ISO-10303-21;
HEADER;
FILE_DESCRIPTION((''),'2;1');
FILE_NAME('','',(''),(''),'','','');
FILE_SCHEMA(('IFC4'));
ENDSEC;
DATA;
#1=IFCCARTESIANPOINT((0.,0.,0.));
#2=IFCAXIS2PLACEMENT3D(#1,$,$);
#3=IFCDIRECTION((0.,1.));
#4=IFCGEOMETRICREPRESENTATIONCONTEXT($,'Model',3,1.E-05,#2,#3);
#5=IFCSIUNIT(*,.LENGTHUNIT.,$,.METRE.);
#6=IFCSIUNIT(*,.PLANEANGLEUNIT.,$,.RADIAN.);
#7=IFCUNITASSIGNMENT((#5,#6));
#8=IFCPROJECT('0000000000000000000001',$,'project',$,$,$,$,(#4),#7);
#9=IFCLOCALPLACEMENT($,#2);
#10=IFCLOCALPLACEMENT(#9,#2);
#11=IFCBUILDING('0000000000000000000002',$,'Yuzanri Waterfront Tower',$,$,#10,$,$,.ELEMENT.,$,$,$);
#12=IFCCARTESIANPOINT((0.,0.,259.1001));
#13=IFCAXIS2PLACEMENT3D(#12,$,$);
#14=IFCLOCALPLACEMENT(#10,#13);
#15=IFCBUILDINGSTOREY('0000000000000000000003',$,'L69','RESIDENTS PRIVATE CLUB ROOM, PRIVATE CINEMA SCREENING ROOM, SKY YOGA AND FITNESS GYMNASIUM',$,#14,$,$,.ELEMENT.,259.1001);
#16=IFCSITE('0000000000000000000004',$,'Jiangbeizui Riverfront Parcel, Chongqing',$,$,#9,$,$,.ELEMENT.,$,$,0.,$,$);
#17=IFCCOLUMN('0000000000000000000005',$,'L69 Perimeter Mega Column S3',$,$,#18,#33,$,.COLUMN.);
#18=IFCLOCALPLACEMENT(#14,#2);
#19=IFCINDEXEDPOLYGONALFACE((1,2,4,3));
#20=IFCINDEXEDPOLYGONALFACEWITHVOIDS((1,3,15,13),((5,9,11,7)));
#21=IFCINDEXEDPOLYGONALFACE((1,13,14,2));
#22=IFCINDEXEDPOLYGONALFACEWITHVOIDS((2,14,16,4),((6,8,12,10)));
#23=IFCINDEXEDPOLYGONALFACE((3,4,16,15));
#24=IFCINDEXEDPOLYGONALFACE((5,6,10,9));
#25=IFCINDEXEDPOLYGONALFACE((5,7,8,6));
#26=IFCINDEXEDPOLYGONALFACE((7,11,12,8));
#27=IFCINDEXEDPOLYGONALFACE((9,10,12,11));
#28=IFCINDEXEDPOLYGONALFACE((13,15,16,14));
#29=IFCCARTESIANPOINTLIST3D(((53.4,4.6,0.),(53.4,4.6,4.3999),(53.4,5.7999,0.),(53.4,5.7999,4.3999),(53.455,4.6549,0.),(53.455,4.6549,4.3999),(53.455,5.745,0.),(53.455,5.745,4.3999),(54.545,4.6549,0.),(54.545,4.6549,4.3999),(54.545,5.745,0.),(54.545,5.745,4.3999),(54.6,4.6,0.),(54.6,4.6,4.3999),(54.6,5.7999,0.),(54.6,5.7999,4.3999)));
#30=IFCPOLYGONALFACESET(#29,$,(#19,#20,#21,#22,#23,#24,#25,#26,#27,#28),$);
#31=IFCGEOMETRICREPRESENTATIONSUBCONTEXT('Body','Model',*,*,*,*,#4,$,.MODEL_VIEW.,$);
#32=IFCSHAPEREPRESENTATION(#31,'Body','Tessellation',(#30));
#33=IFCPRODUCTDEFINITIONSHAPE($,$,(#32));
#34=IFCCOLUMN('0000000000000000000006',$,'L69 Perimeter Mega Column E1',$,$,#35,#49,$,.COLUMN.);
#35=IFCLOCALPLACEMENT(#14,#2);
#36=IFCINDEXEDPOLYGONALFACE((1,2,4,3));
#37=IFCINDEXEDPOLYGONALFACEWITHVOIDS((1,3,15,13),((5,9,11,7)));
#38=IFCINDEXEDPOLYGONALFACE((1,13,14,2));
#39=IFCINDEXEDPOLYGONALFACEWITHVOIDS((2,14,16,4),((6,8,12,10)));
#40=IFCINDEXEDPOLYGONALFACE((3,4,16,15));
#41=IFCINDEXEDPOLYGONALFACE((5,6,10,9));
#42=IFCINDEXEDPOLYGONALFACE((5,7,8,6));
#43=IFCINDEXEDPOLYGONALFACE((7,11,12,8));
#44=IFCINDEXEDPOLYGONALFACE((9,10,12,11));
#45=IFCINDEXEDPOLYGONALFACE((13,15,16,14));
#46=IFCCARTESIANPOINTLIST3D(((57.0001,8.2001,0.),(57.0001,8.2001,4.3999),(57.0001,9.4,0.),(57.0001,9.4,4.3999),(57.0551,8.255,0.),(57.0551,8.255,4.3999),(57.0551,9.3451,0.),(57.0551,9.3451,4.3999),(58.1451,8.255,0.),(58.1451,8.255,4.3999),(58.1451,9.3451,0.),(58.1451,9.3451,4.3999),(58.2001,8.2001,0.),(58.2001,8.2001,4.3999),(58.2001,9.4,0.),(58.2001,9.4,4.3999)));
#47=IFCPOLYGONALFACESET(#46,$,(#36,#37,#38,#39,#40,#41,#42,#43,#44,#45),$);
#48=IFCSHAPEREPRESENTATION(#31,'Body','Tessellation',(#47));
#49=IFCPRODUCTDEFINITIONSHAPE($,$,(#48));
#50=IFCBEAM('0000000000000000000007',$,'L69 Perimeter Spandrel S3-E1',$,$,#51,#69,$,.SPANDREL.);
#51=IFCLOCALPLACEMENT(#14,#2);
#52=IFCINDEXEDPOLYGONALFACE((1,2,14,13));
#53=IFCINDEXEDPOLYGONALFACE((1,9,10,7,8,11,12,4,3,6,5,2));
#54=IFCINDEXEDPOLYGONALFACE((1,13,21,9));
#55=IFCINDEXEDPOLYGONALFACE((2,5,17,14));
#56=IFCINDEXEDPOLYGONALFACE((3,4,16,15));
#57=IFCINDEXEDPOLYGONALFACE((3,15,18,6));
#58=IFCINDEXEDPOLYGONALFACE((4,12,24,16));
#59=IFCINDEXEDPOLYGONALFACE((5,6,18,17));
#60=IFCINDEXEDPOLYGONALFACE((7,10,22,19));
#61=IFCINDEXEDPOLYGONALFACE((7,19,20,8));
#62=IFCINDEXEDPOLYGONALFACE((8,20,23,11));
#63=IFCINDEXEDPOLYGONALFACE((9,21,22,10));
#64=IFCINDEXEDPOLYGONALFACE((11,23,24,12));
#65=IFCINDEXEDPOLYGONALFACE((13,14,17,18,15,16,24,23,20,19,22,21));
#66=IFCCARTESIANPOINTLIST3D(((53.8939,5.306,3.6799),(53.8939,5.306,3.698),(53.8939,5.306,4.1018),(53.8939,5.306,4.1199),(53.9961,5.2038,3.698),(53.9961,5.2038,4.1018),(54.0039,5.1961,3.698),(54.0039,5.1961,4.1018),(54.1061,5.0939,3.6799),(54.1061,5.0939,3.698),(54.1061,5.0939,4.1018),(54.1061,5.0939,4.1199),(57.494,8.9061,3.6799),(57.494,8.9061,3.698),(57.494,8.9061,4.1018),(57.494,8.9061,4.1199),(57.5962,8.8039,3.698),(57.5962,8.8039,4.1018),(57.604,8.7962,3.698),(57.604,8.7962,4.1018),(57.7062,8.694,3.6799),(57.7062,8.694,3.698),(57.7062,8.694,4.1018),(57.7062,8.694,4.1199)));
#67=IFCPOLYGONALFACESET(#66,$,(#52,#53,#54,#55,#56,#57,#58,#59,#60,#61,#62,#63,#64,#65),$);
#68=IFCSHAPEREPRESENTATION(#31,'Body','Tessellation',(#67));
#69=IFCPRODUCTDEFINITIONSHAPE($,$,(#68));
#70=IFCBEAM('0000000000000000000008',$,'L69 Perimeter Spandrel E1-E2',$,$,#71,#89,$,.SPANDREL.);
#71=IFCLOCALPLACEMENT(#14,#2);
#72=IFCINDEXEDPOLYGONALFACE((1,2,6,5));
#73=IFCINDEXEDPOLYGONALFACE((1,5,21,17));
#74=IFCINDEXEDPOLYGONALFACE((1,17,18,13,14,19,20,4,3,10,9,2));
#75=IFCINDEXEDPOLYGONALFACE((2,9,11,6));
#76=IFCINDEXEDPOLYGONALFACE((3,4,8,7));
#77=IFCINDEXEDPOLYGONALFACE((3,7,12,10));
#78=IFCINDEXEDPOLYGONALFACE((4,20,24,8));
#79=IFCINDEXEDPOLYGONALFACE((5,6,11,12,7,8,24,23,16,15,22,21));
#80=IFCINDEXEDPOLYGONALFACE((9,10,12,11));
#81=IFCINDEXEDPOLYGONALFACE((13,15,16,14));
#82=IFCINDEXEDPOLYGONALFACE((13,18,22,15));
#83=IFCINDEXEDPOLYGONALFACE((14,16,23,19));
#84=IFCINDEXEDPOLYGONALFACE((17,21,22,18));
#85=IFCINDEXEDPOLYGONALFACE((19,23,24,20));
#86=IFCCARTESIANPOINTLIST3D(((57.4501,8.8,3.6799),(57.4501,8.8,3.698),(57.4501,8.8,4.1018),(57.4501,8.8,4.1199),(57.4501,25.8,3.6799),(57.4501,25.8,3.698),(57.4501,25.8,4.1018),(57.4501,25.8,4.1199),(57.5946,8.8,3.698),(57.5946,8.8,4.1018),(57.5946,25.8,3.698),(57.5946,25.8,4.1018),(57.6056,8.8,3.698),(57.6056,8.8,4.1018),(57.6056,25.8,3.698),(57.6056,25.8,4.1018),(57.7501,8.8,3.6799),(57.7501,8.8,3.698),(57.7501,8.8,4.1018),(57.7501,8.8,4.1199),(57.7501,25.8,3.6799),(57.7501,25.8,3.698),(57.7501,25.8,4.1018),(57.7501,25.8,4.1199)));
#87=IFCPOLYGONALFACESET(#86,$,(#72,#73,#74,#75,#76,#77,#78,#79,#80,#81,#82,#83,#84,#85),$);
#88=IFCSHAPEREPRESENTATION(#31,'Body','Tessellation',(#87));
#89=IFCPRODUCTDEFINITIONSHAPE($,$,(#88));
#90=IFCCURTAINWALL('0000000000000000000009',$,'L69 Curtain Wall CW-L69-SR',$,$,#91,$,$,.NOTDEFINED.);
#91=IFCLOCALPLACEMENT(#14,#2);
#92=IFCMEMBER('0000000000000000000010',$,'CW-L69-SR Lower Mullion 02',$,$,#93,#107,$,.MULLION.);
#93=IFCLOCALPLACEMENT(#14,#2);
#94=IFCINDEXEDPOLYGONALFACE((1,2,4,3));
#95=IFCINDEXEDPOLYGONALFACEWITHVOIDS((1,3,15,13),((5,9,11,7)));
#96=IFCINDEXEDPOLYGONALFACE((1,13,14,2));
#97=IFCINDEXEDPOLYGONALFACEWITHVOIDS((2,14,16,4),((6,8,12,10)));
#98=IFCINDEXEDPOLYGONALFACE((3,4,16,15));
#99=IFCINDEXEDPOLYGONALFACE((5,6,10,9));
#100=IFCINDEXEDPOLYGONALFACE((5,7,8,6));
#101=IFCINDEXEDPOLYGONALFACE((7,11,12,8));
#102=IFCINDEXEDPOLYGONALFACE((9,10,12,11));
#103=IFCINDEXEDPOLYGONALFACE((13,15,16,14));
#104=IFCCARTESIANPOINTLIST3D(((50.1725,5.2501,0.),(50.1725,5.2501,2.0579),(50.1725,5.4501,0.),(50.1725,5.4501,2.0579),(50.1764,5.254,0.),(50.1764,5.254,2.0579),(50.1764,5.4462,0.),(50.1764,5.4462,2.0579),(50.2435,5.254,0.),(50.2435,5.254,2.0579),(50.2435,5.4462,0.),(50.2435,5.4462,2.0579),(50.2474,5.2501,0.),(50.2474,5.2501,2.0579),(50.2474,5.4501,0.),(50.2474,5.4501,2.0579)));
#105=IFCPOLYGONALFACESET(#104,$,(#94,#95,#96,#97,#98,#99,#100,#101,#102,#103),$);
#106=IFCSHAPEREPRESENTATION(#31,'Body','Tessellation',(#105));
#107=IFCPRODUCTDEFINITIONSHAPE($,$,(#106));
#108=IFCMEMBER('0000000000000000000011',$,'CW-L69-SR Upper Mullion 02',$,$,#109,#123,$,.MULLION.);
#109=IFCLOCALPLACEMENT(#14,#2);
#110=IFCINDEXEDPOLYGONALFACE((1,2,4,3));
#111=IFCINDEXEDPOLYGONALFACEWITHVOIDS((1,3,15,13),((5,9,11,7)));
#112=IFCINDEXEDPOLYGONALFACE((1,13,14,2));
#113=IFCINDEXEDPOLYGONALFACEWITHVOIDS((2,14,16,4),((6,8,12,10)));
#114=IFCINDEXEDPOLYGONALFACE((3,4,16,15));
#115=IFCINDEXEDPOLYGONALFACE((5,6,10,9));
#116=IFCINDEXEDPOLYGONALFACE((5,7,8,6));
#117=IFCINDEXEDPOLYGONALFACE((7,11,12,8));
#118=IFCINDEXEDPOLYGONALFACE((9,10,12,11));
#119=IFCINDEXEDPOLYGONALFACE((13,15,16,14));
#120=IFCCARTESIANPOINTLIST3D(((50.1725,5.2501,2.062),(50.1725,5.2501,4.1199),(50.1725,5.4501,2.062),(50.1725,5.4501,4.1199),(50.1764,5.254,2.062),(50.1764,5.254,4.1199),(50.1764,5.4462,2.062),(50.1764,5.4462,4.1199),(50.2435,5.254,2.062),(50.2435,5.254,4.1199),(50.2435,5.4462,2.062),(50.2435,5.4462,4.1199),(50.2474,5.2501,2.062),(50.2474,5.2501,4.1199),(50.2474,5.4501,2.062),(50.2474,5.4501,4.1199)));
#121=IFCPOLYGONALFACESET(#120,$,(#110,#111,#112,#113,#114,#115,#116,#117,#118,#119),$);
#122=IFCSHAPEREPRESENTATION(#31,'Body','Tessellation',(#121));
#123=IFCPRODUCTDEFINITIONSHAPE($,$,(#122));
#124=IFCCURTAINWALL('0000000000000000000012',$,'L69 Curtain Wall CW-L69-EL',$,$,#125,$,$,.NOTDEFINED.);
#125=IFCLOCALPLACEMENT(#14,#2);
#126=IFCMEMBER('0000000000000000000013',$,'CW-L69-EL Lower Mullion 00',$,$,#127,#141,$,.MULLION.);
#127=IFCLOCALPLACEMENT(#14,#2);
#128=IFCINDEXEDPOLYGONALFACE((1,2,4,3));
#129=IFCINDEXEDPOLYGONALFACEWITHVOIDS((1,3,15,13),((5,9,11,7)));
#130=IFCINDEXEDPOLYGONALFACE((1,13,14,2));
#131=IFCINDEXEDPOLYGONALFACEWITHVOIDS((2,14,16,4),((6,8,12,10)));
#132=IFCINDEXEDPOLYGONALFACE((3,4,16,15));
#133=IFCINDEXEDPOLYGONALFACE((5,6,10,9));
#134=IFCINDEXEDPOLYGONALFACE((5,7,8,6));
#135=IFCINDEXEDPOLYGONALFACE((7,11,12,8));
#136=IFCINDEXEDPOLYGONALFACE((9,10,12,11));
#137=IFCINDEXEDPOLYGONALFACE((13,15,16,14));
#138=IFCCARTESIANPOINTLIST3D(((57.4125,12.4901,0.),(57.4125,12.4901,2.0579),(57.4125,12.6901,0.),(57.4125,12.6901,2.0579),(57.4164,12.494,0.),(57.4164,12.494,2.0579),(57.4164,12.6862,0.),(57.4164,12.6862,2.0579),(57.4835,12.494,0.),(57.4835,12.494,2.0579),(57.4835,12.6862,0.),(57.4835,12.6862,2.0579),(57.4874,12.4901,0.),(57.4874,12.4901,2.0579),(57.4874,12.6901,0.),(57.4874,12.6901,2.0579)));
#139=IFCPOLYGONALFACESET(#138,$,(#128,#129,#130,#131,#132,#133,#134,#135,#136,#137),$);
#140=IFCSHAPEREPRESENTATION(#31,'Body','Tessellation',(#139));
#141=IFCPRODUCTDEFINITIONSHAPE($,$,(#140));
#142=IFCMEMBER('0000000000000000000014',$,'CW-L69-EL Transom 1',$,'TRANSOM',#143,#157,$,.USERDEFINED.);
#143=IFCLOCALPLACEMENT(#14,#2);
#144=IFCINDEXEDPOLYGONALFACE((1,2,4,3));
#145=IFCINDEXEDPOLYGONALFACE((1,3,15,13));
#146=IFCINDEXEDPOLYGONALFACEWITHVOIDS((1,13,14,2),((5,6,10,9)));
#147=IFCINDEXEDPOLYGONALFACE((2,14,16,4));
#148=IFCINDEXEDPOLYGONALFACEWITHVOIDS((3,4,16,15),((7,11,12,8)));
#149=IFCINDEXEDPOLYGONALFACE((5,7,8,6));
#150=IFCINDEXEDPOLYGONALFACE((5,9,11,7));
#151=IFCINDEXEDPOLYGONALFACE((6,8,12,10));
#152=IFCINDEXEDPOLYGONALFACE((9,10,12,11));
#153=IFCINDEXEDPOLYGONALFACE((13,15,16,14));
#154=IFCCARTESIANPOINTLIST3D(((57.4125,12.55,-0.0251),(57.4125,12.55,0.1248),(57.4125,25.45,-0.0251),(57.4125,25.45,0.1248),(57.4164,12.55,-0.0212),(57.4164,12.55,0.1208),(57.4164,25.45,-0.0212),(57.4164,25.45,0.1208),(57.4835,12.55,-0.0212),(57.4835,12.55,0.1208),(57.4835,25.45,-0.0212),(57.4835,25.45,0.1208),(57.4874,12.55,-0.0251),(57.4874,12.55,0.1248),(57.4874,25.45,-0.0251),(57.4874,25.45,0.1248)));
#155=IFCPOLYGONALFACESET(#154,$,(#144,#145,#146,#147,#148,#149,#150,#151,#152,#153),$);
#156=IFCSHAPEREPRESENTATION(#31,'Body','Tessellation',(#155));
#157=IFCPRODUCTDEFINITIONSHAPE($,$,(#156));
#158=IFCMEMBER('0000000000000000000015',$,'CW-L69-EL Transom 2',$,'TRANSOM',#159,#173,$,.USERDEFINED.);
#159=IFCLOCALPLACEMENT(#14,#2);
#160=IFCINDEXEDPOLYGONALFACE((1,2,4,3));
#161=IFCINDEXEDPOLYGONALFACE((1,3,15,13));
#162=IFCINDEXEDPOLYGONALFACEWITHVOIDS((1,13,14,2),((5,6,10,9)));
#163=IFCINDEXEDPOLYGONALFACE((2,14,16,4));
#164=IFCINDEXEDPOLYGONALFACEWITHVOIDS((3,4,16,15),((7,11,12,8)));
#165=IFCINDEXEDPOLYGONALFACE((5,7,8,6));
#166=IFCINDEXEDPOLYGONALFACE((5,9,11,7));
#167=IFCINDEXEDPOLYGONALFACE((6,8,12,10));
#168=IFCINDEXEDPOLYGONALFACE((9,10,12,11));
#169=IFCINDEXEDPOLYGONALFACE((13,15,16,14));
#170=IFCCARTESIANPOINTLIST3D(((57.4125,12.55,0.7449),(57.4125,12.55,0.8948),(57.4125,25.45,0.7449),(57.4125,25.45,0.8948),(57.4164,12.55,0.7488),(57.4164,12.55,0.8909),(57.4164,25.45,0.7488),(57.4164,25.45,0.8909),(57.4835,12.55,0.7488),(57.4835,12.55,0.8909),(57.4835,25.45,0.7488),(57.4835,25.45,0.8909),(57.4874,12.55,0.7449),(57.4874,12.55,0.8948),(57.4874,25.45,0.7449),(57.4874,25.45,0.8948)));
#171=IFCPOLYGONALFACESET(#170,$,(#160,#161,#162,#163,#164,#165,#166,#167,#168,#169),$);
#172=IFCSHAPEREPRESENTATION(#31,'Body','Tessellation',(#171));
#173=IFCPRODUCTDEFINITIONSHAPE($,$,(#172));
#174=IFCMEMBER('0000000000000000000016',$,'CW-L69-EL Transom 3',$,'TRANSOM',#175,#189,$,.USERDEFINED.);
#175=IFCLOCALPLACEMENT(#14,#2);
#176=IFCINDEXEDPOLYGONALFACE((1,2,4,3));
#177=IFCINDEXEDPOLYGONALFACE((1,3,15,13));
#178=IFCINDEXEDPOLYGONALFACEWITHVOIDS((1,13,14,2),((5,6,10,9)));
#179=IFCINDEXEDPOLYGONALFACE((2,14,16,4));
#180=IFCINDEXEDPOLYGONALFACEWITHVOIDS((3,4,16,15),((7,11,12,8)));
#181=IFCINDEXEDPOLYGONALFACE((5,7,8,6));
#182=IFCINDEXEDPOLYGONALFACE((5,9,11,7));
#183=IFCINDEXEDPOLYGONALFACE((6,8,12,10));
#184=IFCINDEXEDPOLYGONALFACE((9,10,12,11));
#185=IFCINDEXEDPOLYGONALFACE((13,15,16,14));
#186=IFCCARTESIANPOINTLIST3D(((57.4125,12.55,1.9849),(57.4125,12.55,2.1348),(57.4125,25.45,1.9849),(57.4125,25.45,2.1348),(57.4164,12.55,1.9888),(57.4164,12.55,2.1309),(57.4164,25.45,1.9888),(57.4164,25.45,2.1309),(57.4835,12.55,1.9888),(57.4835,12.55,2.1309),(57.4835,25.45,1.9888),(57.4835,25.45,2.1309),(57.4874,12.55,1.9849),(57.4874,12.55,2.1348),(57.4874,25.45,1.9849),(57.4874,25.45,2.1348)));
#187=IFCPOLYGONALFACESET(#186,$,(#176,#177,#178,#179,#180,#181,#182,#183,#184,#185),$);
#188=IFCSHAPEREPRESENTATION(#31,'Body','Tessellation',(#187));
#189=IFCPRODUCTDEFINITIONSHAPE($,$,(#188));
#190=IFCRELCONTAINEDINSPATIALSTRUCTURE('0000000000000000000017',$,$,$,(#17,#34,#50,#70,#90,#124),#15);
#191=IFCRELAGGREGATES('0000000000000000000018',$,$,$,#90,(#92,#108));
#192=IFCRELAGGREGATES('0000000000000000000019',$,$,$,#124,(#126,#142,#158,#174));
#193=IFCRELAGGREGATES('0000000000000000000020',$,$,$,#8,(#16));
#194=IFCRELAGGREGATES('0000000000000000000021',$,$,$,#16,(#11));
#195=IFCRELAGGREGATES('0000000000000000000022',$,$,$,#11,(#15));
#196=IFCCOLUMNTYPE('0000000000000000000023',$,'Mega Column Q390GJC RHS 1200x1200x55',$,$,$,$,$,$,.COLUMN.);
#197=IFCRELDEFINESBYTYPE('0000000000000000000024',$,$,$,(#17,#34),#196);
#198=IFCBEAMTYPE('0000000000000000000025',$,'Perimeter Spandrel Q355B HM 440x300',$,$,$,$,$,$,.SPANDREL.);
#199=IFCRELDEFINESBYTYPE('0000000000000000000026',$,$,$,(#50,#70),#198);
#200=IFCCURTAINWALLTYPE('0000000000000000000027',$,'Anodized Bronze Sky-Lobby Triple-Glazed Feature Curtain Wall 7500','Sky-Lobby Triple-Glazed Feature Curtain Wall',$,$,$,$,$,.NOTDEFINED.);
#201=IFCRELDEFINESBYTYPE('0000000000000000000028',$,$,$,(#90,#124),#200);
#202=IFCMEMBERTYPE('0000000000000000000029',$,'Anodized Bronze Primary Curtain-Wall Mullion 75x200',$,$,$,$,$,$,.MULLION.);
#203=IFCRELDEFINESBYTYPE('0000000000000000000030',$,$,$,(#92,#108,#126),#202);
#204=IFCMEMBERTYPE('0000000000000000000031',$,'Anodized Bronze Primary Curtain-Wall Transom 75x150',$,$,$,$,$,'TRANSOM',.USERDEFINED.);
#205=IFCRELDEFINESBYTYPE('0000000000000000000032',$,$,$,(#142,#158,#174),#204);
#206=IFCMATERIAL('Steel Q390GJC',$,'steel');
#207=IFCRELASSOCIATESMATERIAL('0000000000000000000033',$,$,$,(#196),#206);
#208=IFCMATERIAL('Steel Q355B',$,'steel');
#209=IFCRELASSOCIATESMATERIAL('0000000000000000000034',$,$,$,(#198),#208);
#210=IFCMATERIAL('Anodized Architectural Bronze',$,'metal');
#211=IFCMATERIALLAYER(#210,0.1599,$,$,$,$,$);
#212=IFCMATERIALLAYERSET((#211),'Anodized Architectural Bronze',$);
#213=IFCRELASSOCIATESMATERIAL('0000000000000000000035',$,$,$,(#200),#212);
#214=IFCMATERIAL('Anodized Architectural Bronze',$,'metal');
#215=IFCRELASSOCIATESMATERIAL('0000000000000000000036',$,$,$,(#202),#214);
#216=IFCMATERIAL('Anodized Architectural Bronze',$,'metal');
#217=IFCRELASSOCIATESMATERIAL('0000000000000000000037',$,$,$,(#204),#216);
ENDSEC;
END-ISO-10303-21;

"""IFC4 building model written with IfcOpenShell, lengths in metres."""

from ifc_helpers import new_model, si_unit, direction, frame, origin, origin_2d, place, context, subcontext, project, spatial, hollow_rectangle, i_section, extrude, source, transform, mapped, material, layer, layer_set, material_profile, profile_set, type_object, element, aggregate, save


model = new_model("IFC4")

# Units and contexts
model_context = context("Model", 3, precision=1e-05, world=origin(), true_north=direction((0.0, 1.0)))
body_context = subcontext(model_context, "Body", "Model", "MODEL_VIEW")
ifc_project = project(units=[si_unit("LENGTHUNIT", "METRE"), si_unit("PLANEANGLEUNIT", "RADIAN")], contexts=[model_context])

# Site, building, storey
site_placement = place(None, origin())
site = spatial("IfcSite", under=ifc_project, at=site_placement, Name="Jiangbeizui Riverfront Parcel, Chongqing", CompositionType="ELEMENT", RefElevation=0.0)
building_placement = place(site_placement, origin())
building = spatial("IfcBuilding", under=site, at=building_placement, Name="Yuzanri Waterfront Tower", CompositionType="ELEMENT")
storey_placement = place(building_placement, frame((0.0, 0.0, 259.1001)))
storey = spatial("IfcBuildingStorey", under=building, at=storey_placement, Name="L69", Description="RESIDENTS PRIVATE CLUB ROOM, PRIVATE CINEMA SCREENING ROOM, SKY YOGA AND FITNESS GYMNASIUM", CompositionType="ELEMENT", Elevation=259.1001)

# Columns
ifc_material_1 = material(Name="Steel Q390GJC", Category="steel")
ifc_material_profile_1 = material_profile(ifc_material_1, hollow_rectangle(XDim=1.2, YDim=1.2, WallThickness=0.0549, at=origin_2d()), Name="RHS 1200x1200x55")
ifc_profile_set_1 = profile_set([ifc_material_profile_1], Name="Steel Q390GJC")
column_type = type_object("IfcColumnType", Name="Mega Column Q390GJC RHS 1200x1200x55", PredefinedType="COLUMN", material=ifc_profile_set_1)
shared_shape_1 = source(origin(), body_context, "Body", "SweptSolid", [
    extrude(hollow_rectangle(XDim=1.2, YDim=1.2, WallThickness=0.0549, at=origin_2d()), origin(), (0.0, 0.0, 1.0), 4.3999),
])
for number, where, z_axis, x_axis, name in (
    (1, (54.0, 5.2, 0.0), (0.0, 0.0, 1.0), (1.0, 0.0, 0.0), "L69 Perimeter Mega Column S3"),
    (2, (57.6001, 8.8, 0.0), (0.0, 0.0, 1.0), (1.0, 0.0, 0.0), "L69 Perimeter Mega Column E1"),
):
    element("IfcColumn", number, at=place(storey_placement, frame(where, z_axis=z_axis, x_axis=x_axis)), inside=storey, type_object=column_type, Name=name, PredefinedType="COLUMN", context=body_context, shape_type="MappedRepresentation", body=[
        mapped(shared_shape_1, transform((0.0, 0.0, 0.0), scale=1.0)),
    ])

# Beams
ifc_material_2 = material(Name="Steel Q355B", Category="steel")
ifc_material_profile_2 = material_profile(ifc_material_2, i_section(OverallWidth=0.3, OverallDepth=0.4399, WebThickness=0.011, FlangeThickness=0.0181, at=origin_2d()), Name="HM 440x300x11x18")
ifc_profile_set_2 = profile_set([ifc_material_profile_2], Name="Steel Q355B")
beam_type = type_object("IfcBeamType", Name="Perimeter Spandrel Q355B HM 440x300", PredefinedType="SPANDREL", material=ifc_profile_set_2)
shared_shape_2 = source(origin(), body_context, "Body", "SweptSolid", [
    extrude(i_section(OverallWidth=0.3, OverallDepth=0.4399, WebThickness=0.011, FlangeThickness=0.0181, at=origin_2d()), origin(), (0.0, 0.0, 1.0), 5.0913),
])
beam_1_placement = place(storey_placement, frame((54.0, 5.2, 3.8999), z_axis=(0.707107, 0.707107, 0.0), x_axis=(-0.707107, 0.707107, 0.0)))
element("IfcBeam", 3, at=beam_1_placement, inside=storey, type_object=beam_type, Name="L69 Perimeter Spandrel S3-E1", PredefinedType="SPANDREL", context=body_context, shape_type="MappedRepresentation", body=[
    mapped(shared_shape_2, transform((0.0, 0.0, 0.0), scale=1.0)),
])
shared_shape_3 = source(origin(), body_context, "Body", "SweptSolid", [
    extrude(i_section(OverallWidth=0.3, OverallDepth=0.4399, WebThickness=0.011, FlangeThickness=0.0181, at=origin_2d()), origin(), (0.0, 0.0, 1.0), 17.0),
])
beam_2_placement = place(storey_placement, frame((57.6001, 8.8, 3.8999), z_axis=(0.0, 1.0, 0.0), x_axis=(-1.0, 0.0, 0.0)))
element("IfcBeam", 4, at=beam_2_placement, inside=storey, type_object=beam_type, Name="L69 Perimeter Spandrel E1-E2", PredefinedType="SPANDREL", context=body_context, shape_type="MappedRepresentation", body=[
    mapped(shared_shape_3, transform((0.0, 0.0, 0.0), scale=1.0)),
])

# Curtain walls, members
ifc_material_3 = material(Name="Anodized Architectural Bronze", Category="metal")
ifc_layer_1 = layer(ifc_material_3, 0.1599)
ifc_layer_set_1 = layer_set([ifc_layer_1], Name="Anodized Architectural Bronze")
curtain_wall_type = type_object("IfcCurtainWallType", Name="Anodized Bronze Sky-Lobby Triple-Glazed Feature Curtain Wall 7500", Description="Sky-Lobby Triple-Glazed Feature Curtain Wall", PredefinedType="NOTDEFINED", material=ifc_layer_set_1)
curtain_wall_1_placement = place(storey_placement, origin())
curtain_wall_1 = element("IfcCurtainWall", 5, at=curtain_wall_1_placement, inside=storey, type_object=curtain_wall_type, Name="L69 Curtain Wall CW-L69-SR", PredefinedType="NOTDEFINED")
ifc_material_4 = material(Name="Anodized Architectural Bronze", Category="metal")
ifc_material_profile_3 = material_profile(ifc_material_4, hollow_rectangle(XDim=0.075, YDim=0.2, WallThickness=0.0039, at=origin_2d()), Name="CWM 75x200")
ifc_profile_set_3 = profile_set([ifc_material_profile_3], Name="Anodized Architectural Bronze")
member_type_1 = type_object("IfcMemberType", Name="Anodized Bronze Primary Curtain-Wall Mullion 75x200", PredefinedType="MULLION", material=ifc_profile_set_3)
shared_shape_4 = source(origin(), body_context, "Body", "SweptSolid", [
    extrude(hollow_rectangle(XDim=0.075, YDim=0.2, WallThickness=0.0039, at=origin_2d()), origin(), (0.0, 0.0, 1.0), 2.0579),
])
member_1_placement = place(storey_placement, frame((50.21, 5.3501, 0.0), z_axis=(0.0, 0.0, 1.0), x_axis=(1.0, 0.0, 0.0)))
member_1 = element("IfcMember", 6, at=member_1_placement, type_object=member_type_1, Name="CW-L69-SR Lower Mullion 02", PredefinedType="MULLION", context=body_context, shape_type="MappedRepresentation", body=[
    mapped(shared_shape_4, transform((0.0, 0.0, 0.0), scale=1.0)),
])
member_2_placement = place(storey_placement, frame((50.21, 5.3501, 2.062), z_axis=(0.0, 0.0, 1.0), x_axis=(1.0, 0.0, 0.0)))
member_2 = element("IfcMember", 7, at=member_2_placement, type_object=member_type_1, Name="CW-L69-SR Upper Mullion 02", PredefinedType="MULLION", context=body_context, shape_type="MappedRepresentation", body=[
    mapped(shared_shape_4, transform((0.0, 0.0, 0.0), scale=1.0)),
])
aggregate(curtain_wall_1, [member_1, member_2])
curtain_wall_2_placement = place(storey_placement, origin())
curtain_wall_2 = element("IfcCurtainWall", 8, at=curtain_wall_2_placement, inside=storey, type_object=curtain_wall_type, Name="L69 Curtain Wall CW-L69-EL", PredefinedType="NOTDEFINED")
member_3_placement = place(storey_placement, frame((57.45, 12.5901, 0.0), z_axis=(0.0, 0.0, 1.0), x_axis=(1.0, 0.0, 0.0)))
member_3 = element("IfcMember", 9, at=member_3_placement, type_object=member_type_1, Name="CW-L69-EL Lower Mullion 00", PredefinedType="MULLION", context=body_context, shape_type="MappedRepresentation", body=[
    mapped(shared_shape_4, transform((0.0, 0.0, 0.0), scale=1.0)),
])
ifc_material_5 = material(Name="Anodized Architectural Bronze", Category="metal")
ifc_material_profile_4 = material_profile(ifc_material_5, hollow_rectangle(XDim=0.075, YDim=0.1499, WallThickness=0.0039, at=origin_2d()), Name="CWT 75x150")
ifc_profile_set_4 = profile_set([ifc_material_profile_4], Name="Anodized Architectural Bronze")
member_type_2 = type_object("IfcMemberType", Name="Anodized Bronze Primary Curtain-Wall Transom 75x150", ElementType="TRANSOM", PredefinedType="USERDEFINED", material=ifc_profile_set_4)
shared_shape_5 = source(origin(), body_context, "Body", "SweptSolid", [
    extrude(hollow_rectangle(XDim=0.075, YDim=0.1499, WallThickness=0.0039, at=origin_2d()), origin(), (0.0, 0.0, 1.0), 12.8999),
])
member_4_placement = place(storey_placement, frame((57.45, 12.55, 0.0498), z_axis=(0.0, 1.0, 0.0), x_axis=(-1.0, 0.0, 0.0)))
member_4 = element("IfcMember", 10, at=member_4_placement, type_object=member_type_2, Name="CW-L69-EL Transom 1", ObjectType="TRANSOM", PredefinedType="USERDEFINED", context=body_context, shape_type="MappedRepresentation", body=[
    mapped(shared_shape_5, transform((0.0, 0.0, 0.0), scale=1.0)),
])
member_5_placement = place(storey_placement, frame((57.45, 12.55, 0.8198), z_axis=(0.0, 1.0, 0.0), x_axis=(-1.0, 0.0, 0.0)))
member_5 = element("IfcMember", 11, at=member_5_placement, type_object=member_type_2, Name="CW-L69-EL Transom 2", ObjectType="TRANSOM", PredefinedType="USERDEFINED", context=body_context, shape_type="MappedRepresentation", body=[
    mapped(shared_shape_5, transform((0.0, 0.0, 0.0), scale=1.0)),
])
member_6_placement = place(storey_placement, frame((57.45, 12.55, 2.0598), z_axis=(0.0, 1.0, 0.0), x_axis=(-1.0, 0.0, 0.0)))
member_6 = element("IfcMember", 12, at=member_6_placement, type_object=member_type_2, Name="CW-L69-EL Transom 3", ObjectType="TRANSOM", PredefinedType="USERDEFINED", context=body_context, shape_type="MappedRepresentation", body=[
    mapped(shared_shape_5, transform((0.0, 0.0, 0.0), scale=1.0)),
])
aggregate(curtain_wall_2, [member_3, member_4, member_5, member_6])

save(model, "model.ifc")
